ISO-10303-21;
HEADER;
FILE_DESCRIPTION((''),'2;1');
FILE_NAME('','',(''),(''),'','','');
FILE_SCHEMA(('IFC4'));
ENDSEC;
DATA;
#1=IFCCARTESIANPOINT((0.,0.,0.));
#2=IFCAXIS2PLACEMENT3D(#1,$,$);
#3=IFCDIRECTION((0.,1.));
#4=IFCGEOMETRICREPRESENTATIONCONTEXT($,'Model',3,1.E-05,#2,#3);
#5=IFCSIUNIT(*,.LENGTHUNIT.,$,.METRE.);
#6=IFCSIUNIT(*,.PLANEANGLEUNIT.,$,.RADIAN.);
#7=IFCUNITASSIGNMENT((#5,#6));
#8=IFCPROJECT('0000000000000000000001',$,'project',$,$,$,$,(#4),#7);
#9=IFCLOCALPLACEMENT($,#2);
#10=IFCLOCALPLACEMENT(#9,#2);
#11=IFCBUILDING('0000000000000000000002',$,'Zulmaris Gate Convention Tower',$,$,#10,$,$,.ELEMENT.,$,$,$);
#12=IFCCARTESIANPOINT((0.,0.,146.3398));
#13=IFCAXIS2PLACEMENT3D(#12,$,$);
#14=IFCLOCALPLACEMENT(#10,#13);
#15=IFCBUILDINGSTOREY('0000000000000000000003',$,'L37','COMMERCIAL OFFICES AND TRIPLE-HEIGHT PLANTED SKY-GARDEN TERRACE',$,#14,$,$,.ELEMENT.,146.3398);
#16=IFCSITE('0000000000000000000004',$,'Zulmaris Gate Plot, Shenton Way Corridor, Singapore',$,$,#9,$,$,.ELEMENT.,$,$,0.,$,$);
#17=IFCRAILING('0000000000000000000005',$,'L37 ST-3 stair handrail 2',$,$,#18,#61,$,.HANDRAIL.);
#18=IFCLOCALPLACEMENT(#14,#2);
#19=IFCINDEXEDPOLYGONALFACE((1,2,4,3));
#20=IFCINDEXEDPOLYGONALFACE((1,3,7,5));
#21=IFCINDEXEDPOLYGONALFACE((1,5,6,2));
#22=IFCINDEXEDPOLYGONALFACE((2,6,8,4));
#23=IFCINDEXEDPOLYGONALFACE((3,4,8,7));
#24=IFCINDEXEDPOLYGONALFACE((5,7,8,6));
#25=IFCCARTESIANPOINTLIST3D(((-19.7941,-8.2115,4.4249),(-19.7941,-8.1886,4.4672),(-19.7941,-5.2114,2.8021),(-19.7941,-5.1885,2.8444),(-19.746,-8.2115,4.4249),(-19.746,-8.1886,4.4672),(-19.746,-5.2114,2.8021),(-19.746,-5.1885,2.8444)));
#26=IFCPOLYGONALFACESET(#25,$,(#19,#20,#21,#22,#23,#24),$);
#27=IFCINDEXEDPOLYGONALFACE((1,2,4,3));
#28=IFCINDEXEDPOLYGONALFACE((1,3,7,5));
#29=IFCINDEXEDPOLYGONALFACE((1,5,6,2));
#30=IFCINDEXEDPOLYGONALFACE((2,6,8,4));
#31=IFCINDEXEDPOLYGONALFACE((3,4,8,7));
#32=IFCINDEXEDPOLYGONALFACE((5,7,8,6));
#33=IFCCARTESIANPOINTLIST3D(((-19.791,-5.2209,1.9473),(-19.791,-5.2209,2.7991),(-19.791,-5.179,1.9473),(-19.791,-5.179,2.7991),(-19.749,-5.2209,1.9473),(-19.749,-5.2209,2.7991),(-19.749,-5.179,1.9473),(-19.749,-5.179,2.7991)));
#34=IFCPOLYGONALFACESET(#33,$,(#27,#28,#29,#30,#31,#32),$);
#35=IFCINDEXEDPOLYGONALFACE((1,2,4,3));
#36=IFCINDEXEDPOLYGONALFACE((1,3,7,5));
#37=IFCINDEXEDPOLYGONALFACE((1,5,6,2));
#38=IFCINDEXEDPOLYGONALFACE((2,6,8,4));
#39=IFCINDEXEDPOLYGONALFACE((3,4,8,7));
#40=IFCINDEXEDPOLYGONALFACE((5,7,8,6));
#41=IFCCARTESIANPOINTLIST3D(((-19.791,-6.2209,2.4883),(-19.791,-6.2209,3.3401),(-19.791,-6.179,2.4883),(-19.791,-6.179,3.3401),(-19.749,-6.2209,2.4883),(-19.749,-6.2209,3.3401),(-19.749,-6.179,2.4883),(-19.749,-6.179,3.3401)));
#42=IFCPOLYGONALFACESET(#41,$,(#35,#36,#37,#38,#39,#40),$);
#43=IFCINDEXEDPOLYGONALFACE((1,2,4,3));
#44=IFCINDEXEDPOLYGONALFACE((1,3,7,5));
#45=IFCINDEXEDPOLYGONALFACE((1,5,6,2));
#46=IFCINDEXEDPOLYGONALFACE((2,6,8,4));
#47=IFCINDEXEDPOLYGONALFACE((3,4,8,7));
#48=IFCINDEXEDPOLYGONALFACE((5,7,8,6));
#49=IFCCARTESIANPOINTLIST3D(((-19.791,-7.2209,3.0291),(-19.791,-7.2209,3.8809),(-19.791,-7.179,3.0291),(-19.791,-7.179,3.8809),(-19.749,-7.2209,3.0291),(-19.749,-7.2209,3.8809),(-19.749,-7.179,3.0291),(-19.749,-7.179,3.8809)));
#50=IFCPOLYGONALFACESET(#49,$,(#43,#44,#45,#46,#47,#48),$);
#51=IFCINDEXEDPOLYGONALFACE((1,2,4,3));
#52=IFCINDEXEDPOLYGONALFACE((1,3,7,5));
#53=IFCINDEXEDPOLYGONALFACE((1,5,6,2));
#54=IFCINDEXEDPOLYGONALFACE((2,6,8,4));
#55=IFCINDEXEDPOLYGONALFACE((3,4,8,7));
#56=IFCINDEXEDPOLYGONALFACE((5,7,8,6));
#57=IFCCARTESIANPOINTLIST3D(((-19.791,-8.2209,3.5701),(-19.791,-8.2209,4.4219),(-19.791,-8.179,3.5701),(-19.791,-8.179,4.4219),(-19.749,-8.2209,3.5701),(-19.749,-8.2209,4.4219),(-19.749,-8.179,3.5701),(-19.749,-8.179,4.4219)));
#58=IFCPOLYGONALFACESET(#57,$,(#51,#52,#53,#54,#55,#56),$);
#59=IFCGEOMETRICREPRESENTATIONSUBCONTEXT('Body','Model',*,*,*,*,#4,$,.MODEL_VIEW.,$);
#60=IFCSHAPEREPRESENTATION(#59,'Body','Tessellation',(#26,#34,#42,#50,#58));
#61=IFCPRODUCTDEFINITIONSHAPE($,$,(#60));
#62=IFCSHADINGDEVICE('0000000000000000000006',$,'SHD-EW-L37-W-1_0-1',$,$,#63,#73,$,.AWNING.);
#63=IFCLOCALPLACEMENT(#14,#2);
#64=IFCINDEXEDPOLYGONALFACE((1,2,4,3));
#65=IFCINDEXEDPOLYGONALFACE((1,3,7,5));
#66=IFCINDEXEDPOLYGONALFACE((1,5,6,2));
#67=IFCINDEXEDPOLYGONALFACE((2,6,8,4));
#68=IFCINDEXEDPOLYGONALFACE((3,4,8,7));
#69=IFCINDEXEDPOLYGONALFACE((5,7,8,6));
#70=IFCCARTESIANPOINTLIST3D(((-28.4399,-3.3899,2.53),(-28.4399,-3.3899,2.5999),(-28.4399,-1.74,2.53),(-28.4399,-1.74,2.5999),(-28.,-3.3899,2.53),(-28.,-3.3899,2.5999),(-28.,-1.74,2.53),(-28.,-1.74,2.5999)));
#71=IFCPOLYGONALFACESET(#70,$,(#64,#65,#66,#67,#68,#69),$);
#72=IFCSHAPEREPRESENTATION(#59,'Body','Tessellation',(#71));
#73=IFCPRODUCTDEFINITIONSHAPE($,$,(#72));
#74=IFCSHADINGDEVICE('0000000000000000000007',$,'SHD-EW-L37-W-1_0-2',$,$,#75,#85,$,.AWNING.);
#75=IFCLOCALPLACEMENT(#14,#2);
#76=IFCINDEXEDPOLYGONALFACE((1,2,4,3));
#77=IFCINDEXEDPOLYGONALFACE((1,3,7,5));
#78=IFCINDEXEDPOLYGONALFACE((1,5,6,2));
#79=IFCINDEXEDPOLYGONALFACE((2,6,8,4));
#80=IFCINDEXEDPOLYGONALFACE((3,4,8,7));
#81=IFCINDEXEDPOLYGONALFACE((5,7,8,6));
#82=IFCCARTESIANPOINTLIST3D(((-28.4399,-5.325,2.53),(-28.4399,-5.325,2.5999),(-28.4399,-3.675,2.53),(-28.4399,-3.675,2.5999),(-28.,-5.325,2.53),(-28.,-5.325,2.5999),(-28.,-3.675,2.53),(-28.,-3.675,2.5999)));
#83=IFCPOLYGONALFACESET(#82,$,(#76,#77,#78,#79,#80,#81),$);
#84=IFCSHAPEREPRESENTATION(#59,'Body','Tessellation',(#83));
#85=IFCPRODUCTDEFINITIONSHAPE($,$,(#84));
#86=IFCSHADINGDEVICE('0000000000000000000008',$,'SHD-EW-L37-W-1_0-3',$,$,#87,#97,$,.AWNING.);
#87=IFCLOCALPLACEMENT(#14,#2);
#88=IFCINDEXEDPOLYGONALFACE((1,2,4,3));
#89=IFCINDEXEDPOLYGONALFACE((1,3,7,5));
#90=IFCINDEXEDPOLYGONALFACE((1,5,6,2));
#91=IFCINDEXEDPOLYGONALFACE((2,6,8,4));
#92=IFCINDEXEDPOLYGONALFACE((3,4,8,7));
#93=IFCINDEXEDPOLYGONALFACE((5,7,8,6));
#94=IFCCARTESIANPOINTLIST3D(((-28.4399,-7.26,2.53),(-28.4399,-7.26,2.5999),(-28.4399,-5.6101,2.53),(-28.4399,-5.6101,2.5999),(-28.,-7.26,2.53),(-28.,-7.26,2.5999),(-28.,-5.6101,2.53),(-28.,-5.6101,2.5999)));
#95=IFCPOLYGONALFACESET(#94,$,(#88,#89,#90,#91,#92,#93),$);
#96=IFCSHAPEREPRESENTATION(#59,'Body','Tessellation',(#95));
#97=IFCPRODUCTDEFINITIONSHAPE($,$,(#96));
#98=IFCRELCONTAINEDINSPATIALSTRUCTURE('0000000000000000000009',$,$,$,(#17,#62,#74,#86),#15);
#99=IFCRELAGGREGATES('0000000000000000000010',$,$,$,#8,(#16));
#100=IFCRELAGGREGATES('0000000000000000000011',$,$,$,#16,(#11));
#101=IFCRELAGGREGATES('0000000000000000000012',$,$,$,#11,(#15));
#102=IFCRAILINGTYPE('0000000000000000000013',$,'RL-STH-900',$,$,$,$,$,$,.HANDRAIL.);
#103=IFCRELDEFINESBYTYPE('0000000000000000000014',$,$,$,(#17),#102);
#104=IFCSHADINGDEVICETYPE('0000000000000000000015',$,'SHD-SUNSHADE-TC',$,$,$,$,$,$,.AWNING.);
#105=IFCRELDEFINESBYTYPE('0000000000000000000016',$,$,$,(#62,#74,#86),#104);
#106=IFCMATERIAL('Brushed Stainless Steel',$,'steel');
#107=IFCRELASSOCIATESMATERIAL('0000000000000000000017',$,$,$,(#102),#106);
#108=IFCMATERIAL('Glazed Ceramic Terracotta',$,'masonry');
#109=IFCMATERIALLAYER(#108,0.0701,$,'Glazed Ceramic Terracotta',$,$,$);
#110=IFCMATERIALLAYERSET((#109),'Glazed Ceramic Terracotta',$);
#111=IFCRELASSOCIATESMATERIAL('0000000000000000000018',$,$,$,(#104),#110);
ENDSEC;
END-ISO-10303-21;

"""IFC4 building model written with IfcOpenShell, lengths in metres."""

from ifc_helpers import new_model, si_unit, direction, frame, frame_2d, origin, origin_2d, place, context, subcontext, project, spatial, rectangle, extrude, material, layer, layer_set, type_object, element, save


model = new_model("IFC4")

# Units and contexts
model_context = context("Model", 3, precision=1e-05, world=origin(), true_north=direction((0.0, 1.0)))
body_context = subcontext(model_context, "Body", "Model", "MODEL_VIEW")
ifc_project = project(units=[si_unit("LENGTHUNIT", "METRE"), si_unit("PLANEANGLEUNIT", "RADIAN")], contexts=[model_context])

# Site, building, storey
site_placement = place(None, origin())
site = spatial("IfcSite", under=ifc_project, at=site_placement, Name="Zulmaris Gate Plot, Shenton Way Corridor, Singapore", CompositionType="ELEMENT", RefElevation=0.0)
building_placement = place(site_placement, origin())
building = spatial("IfcBuilding", under=site, at=building_placement, Name="Zulmaris Gate Convention Tower", CompositionType="ELEMENT")
storey_placement = place(building_placement, frame((0.0, 0.0, 146.3398)))
storey = spatial("IfcBuildingStorey", under=building, at=storey_placement, Name="L37", Description="COMMERCIAL OFFICES AND TRIPLE-HEIGHT PLANTED SKY-GARDEN TERRACE", CompositionType="ELEMENT", Elevation=146.3398)

# Railing
ifc_material_1 = material(Name="Brushed Stainless Steel", Category="steel")
railing_type_1 = type_object("IfcRailingType", Name="RL-STH-900", PredefinedType="HANDRAIL", material=ifc_material_1)
railing_1_placement = place(storey_placement, frame((-19.77, -5.2, 1.9473)))
element("IfcRailing", 1, at=railing_1_placement, inside=storey, type_object=railing_type_1, Name="L37 ST-3 stair handrail 2", PredefinedType="HANDRAIL", context=body_context, shape_type="SweptSolid", body=[
    extrude(rectangle(XDim=0.0481, YDim=0.0481, at=origin_2d()), frame((0.0, 0.0, 0.876), z_axis=(0.0, -0.879562, 0.475785), x_axis=(1.0, 0.0, 0.0)), (0.0, 0.0, 1.0), 3.4109),
    extrude(rectangle(XDim=0.042, YDim=0.042, at=origin_2d()), origin(), (0.0, 0.0, 1.0), 0.8518),
    extrude(rectangle(XDim=0.042, YDim=0.042, at=origin_2d()), frame((0.0, -1.0, 0.541)), (0.0, 0.0, 1.0), 0.8518),
    extrude(rectangle(XDim=0.042, YDim=0.042, at=origin_2d()), frame((0.0, -2.0, 1.0818)), (0.0, 0.0, 1.0), 0.8518),
    extrude(rectangle(XDim=0.042, YDim=0.042, at=origin_2d()), frame((0.0, -3.0, 1.6228)), (0.0, 0.0, 1.0), 0.8518),
])

# Shading devices
ifc_material_2 = material(Name="Glazed Ceramic Terracotta", Category="masonry")
ifc_layer_1 = layer(ifc_material_2, 0.0701, Name="Glazed Ceramic Terracotta")
ifc_layer_set_1 = layer_set([ifc_layer_1], Name="Glazed Ceramic Terracotta")
shading_device_type = type_object("IfcShadingDeviceType", Name="SHD-SUNSHADE-TC", PredefinedType="AWNING", material=ifc_layer_set_1)
for number, where, z_axis, x_axis, name in (
    (2, (-28.22, -1.74, 2.53), (0.0, 0.0, 1.0), (0.0, -1.0, 0.0), "SHD-EW-L37-W-1_0-1"),
    (3, (-28.22, -3.675, 2.53), (0.0, 0.0, 1.0), (0.0, -1.0, 0.0), "SHD-EW-L37-W-1_0-2"),
    (4, (-28.22, -5.6101, 2.53), (0.0, 0.0, 1.0), (0.0, -1.0, 0.0), "SHD-EW-L37-W-1_0-3"),
):
    element("IfcShadingDevice", number, at=place(storey_placement, frame(where, z_axis=z_axis, x_axis=x_axis)), inside=storey, type_object=shading_device_type, Name=name, PredefinedType="AWNING", context=body_context, shape_type="SweptSolid", body=[
        extrude(rectangle(XDim=1.6499, YDim=0.4399, at=frame_2d((0.825, 0.0))), origin(), (0.0, 0.0, 1.0), 0.0698),
    ])

save(model, "model.ifc")
